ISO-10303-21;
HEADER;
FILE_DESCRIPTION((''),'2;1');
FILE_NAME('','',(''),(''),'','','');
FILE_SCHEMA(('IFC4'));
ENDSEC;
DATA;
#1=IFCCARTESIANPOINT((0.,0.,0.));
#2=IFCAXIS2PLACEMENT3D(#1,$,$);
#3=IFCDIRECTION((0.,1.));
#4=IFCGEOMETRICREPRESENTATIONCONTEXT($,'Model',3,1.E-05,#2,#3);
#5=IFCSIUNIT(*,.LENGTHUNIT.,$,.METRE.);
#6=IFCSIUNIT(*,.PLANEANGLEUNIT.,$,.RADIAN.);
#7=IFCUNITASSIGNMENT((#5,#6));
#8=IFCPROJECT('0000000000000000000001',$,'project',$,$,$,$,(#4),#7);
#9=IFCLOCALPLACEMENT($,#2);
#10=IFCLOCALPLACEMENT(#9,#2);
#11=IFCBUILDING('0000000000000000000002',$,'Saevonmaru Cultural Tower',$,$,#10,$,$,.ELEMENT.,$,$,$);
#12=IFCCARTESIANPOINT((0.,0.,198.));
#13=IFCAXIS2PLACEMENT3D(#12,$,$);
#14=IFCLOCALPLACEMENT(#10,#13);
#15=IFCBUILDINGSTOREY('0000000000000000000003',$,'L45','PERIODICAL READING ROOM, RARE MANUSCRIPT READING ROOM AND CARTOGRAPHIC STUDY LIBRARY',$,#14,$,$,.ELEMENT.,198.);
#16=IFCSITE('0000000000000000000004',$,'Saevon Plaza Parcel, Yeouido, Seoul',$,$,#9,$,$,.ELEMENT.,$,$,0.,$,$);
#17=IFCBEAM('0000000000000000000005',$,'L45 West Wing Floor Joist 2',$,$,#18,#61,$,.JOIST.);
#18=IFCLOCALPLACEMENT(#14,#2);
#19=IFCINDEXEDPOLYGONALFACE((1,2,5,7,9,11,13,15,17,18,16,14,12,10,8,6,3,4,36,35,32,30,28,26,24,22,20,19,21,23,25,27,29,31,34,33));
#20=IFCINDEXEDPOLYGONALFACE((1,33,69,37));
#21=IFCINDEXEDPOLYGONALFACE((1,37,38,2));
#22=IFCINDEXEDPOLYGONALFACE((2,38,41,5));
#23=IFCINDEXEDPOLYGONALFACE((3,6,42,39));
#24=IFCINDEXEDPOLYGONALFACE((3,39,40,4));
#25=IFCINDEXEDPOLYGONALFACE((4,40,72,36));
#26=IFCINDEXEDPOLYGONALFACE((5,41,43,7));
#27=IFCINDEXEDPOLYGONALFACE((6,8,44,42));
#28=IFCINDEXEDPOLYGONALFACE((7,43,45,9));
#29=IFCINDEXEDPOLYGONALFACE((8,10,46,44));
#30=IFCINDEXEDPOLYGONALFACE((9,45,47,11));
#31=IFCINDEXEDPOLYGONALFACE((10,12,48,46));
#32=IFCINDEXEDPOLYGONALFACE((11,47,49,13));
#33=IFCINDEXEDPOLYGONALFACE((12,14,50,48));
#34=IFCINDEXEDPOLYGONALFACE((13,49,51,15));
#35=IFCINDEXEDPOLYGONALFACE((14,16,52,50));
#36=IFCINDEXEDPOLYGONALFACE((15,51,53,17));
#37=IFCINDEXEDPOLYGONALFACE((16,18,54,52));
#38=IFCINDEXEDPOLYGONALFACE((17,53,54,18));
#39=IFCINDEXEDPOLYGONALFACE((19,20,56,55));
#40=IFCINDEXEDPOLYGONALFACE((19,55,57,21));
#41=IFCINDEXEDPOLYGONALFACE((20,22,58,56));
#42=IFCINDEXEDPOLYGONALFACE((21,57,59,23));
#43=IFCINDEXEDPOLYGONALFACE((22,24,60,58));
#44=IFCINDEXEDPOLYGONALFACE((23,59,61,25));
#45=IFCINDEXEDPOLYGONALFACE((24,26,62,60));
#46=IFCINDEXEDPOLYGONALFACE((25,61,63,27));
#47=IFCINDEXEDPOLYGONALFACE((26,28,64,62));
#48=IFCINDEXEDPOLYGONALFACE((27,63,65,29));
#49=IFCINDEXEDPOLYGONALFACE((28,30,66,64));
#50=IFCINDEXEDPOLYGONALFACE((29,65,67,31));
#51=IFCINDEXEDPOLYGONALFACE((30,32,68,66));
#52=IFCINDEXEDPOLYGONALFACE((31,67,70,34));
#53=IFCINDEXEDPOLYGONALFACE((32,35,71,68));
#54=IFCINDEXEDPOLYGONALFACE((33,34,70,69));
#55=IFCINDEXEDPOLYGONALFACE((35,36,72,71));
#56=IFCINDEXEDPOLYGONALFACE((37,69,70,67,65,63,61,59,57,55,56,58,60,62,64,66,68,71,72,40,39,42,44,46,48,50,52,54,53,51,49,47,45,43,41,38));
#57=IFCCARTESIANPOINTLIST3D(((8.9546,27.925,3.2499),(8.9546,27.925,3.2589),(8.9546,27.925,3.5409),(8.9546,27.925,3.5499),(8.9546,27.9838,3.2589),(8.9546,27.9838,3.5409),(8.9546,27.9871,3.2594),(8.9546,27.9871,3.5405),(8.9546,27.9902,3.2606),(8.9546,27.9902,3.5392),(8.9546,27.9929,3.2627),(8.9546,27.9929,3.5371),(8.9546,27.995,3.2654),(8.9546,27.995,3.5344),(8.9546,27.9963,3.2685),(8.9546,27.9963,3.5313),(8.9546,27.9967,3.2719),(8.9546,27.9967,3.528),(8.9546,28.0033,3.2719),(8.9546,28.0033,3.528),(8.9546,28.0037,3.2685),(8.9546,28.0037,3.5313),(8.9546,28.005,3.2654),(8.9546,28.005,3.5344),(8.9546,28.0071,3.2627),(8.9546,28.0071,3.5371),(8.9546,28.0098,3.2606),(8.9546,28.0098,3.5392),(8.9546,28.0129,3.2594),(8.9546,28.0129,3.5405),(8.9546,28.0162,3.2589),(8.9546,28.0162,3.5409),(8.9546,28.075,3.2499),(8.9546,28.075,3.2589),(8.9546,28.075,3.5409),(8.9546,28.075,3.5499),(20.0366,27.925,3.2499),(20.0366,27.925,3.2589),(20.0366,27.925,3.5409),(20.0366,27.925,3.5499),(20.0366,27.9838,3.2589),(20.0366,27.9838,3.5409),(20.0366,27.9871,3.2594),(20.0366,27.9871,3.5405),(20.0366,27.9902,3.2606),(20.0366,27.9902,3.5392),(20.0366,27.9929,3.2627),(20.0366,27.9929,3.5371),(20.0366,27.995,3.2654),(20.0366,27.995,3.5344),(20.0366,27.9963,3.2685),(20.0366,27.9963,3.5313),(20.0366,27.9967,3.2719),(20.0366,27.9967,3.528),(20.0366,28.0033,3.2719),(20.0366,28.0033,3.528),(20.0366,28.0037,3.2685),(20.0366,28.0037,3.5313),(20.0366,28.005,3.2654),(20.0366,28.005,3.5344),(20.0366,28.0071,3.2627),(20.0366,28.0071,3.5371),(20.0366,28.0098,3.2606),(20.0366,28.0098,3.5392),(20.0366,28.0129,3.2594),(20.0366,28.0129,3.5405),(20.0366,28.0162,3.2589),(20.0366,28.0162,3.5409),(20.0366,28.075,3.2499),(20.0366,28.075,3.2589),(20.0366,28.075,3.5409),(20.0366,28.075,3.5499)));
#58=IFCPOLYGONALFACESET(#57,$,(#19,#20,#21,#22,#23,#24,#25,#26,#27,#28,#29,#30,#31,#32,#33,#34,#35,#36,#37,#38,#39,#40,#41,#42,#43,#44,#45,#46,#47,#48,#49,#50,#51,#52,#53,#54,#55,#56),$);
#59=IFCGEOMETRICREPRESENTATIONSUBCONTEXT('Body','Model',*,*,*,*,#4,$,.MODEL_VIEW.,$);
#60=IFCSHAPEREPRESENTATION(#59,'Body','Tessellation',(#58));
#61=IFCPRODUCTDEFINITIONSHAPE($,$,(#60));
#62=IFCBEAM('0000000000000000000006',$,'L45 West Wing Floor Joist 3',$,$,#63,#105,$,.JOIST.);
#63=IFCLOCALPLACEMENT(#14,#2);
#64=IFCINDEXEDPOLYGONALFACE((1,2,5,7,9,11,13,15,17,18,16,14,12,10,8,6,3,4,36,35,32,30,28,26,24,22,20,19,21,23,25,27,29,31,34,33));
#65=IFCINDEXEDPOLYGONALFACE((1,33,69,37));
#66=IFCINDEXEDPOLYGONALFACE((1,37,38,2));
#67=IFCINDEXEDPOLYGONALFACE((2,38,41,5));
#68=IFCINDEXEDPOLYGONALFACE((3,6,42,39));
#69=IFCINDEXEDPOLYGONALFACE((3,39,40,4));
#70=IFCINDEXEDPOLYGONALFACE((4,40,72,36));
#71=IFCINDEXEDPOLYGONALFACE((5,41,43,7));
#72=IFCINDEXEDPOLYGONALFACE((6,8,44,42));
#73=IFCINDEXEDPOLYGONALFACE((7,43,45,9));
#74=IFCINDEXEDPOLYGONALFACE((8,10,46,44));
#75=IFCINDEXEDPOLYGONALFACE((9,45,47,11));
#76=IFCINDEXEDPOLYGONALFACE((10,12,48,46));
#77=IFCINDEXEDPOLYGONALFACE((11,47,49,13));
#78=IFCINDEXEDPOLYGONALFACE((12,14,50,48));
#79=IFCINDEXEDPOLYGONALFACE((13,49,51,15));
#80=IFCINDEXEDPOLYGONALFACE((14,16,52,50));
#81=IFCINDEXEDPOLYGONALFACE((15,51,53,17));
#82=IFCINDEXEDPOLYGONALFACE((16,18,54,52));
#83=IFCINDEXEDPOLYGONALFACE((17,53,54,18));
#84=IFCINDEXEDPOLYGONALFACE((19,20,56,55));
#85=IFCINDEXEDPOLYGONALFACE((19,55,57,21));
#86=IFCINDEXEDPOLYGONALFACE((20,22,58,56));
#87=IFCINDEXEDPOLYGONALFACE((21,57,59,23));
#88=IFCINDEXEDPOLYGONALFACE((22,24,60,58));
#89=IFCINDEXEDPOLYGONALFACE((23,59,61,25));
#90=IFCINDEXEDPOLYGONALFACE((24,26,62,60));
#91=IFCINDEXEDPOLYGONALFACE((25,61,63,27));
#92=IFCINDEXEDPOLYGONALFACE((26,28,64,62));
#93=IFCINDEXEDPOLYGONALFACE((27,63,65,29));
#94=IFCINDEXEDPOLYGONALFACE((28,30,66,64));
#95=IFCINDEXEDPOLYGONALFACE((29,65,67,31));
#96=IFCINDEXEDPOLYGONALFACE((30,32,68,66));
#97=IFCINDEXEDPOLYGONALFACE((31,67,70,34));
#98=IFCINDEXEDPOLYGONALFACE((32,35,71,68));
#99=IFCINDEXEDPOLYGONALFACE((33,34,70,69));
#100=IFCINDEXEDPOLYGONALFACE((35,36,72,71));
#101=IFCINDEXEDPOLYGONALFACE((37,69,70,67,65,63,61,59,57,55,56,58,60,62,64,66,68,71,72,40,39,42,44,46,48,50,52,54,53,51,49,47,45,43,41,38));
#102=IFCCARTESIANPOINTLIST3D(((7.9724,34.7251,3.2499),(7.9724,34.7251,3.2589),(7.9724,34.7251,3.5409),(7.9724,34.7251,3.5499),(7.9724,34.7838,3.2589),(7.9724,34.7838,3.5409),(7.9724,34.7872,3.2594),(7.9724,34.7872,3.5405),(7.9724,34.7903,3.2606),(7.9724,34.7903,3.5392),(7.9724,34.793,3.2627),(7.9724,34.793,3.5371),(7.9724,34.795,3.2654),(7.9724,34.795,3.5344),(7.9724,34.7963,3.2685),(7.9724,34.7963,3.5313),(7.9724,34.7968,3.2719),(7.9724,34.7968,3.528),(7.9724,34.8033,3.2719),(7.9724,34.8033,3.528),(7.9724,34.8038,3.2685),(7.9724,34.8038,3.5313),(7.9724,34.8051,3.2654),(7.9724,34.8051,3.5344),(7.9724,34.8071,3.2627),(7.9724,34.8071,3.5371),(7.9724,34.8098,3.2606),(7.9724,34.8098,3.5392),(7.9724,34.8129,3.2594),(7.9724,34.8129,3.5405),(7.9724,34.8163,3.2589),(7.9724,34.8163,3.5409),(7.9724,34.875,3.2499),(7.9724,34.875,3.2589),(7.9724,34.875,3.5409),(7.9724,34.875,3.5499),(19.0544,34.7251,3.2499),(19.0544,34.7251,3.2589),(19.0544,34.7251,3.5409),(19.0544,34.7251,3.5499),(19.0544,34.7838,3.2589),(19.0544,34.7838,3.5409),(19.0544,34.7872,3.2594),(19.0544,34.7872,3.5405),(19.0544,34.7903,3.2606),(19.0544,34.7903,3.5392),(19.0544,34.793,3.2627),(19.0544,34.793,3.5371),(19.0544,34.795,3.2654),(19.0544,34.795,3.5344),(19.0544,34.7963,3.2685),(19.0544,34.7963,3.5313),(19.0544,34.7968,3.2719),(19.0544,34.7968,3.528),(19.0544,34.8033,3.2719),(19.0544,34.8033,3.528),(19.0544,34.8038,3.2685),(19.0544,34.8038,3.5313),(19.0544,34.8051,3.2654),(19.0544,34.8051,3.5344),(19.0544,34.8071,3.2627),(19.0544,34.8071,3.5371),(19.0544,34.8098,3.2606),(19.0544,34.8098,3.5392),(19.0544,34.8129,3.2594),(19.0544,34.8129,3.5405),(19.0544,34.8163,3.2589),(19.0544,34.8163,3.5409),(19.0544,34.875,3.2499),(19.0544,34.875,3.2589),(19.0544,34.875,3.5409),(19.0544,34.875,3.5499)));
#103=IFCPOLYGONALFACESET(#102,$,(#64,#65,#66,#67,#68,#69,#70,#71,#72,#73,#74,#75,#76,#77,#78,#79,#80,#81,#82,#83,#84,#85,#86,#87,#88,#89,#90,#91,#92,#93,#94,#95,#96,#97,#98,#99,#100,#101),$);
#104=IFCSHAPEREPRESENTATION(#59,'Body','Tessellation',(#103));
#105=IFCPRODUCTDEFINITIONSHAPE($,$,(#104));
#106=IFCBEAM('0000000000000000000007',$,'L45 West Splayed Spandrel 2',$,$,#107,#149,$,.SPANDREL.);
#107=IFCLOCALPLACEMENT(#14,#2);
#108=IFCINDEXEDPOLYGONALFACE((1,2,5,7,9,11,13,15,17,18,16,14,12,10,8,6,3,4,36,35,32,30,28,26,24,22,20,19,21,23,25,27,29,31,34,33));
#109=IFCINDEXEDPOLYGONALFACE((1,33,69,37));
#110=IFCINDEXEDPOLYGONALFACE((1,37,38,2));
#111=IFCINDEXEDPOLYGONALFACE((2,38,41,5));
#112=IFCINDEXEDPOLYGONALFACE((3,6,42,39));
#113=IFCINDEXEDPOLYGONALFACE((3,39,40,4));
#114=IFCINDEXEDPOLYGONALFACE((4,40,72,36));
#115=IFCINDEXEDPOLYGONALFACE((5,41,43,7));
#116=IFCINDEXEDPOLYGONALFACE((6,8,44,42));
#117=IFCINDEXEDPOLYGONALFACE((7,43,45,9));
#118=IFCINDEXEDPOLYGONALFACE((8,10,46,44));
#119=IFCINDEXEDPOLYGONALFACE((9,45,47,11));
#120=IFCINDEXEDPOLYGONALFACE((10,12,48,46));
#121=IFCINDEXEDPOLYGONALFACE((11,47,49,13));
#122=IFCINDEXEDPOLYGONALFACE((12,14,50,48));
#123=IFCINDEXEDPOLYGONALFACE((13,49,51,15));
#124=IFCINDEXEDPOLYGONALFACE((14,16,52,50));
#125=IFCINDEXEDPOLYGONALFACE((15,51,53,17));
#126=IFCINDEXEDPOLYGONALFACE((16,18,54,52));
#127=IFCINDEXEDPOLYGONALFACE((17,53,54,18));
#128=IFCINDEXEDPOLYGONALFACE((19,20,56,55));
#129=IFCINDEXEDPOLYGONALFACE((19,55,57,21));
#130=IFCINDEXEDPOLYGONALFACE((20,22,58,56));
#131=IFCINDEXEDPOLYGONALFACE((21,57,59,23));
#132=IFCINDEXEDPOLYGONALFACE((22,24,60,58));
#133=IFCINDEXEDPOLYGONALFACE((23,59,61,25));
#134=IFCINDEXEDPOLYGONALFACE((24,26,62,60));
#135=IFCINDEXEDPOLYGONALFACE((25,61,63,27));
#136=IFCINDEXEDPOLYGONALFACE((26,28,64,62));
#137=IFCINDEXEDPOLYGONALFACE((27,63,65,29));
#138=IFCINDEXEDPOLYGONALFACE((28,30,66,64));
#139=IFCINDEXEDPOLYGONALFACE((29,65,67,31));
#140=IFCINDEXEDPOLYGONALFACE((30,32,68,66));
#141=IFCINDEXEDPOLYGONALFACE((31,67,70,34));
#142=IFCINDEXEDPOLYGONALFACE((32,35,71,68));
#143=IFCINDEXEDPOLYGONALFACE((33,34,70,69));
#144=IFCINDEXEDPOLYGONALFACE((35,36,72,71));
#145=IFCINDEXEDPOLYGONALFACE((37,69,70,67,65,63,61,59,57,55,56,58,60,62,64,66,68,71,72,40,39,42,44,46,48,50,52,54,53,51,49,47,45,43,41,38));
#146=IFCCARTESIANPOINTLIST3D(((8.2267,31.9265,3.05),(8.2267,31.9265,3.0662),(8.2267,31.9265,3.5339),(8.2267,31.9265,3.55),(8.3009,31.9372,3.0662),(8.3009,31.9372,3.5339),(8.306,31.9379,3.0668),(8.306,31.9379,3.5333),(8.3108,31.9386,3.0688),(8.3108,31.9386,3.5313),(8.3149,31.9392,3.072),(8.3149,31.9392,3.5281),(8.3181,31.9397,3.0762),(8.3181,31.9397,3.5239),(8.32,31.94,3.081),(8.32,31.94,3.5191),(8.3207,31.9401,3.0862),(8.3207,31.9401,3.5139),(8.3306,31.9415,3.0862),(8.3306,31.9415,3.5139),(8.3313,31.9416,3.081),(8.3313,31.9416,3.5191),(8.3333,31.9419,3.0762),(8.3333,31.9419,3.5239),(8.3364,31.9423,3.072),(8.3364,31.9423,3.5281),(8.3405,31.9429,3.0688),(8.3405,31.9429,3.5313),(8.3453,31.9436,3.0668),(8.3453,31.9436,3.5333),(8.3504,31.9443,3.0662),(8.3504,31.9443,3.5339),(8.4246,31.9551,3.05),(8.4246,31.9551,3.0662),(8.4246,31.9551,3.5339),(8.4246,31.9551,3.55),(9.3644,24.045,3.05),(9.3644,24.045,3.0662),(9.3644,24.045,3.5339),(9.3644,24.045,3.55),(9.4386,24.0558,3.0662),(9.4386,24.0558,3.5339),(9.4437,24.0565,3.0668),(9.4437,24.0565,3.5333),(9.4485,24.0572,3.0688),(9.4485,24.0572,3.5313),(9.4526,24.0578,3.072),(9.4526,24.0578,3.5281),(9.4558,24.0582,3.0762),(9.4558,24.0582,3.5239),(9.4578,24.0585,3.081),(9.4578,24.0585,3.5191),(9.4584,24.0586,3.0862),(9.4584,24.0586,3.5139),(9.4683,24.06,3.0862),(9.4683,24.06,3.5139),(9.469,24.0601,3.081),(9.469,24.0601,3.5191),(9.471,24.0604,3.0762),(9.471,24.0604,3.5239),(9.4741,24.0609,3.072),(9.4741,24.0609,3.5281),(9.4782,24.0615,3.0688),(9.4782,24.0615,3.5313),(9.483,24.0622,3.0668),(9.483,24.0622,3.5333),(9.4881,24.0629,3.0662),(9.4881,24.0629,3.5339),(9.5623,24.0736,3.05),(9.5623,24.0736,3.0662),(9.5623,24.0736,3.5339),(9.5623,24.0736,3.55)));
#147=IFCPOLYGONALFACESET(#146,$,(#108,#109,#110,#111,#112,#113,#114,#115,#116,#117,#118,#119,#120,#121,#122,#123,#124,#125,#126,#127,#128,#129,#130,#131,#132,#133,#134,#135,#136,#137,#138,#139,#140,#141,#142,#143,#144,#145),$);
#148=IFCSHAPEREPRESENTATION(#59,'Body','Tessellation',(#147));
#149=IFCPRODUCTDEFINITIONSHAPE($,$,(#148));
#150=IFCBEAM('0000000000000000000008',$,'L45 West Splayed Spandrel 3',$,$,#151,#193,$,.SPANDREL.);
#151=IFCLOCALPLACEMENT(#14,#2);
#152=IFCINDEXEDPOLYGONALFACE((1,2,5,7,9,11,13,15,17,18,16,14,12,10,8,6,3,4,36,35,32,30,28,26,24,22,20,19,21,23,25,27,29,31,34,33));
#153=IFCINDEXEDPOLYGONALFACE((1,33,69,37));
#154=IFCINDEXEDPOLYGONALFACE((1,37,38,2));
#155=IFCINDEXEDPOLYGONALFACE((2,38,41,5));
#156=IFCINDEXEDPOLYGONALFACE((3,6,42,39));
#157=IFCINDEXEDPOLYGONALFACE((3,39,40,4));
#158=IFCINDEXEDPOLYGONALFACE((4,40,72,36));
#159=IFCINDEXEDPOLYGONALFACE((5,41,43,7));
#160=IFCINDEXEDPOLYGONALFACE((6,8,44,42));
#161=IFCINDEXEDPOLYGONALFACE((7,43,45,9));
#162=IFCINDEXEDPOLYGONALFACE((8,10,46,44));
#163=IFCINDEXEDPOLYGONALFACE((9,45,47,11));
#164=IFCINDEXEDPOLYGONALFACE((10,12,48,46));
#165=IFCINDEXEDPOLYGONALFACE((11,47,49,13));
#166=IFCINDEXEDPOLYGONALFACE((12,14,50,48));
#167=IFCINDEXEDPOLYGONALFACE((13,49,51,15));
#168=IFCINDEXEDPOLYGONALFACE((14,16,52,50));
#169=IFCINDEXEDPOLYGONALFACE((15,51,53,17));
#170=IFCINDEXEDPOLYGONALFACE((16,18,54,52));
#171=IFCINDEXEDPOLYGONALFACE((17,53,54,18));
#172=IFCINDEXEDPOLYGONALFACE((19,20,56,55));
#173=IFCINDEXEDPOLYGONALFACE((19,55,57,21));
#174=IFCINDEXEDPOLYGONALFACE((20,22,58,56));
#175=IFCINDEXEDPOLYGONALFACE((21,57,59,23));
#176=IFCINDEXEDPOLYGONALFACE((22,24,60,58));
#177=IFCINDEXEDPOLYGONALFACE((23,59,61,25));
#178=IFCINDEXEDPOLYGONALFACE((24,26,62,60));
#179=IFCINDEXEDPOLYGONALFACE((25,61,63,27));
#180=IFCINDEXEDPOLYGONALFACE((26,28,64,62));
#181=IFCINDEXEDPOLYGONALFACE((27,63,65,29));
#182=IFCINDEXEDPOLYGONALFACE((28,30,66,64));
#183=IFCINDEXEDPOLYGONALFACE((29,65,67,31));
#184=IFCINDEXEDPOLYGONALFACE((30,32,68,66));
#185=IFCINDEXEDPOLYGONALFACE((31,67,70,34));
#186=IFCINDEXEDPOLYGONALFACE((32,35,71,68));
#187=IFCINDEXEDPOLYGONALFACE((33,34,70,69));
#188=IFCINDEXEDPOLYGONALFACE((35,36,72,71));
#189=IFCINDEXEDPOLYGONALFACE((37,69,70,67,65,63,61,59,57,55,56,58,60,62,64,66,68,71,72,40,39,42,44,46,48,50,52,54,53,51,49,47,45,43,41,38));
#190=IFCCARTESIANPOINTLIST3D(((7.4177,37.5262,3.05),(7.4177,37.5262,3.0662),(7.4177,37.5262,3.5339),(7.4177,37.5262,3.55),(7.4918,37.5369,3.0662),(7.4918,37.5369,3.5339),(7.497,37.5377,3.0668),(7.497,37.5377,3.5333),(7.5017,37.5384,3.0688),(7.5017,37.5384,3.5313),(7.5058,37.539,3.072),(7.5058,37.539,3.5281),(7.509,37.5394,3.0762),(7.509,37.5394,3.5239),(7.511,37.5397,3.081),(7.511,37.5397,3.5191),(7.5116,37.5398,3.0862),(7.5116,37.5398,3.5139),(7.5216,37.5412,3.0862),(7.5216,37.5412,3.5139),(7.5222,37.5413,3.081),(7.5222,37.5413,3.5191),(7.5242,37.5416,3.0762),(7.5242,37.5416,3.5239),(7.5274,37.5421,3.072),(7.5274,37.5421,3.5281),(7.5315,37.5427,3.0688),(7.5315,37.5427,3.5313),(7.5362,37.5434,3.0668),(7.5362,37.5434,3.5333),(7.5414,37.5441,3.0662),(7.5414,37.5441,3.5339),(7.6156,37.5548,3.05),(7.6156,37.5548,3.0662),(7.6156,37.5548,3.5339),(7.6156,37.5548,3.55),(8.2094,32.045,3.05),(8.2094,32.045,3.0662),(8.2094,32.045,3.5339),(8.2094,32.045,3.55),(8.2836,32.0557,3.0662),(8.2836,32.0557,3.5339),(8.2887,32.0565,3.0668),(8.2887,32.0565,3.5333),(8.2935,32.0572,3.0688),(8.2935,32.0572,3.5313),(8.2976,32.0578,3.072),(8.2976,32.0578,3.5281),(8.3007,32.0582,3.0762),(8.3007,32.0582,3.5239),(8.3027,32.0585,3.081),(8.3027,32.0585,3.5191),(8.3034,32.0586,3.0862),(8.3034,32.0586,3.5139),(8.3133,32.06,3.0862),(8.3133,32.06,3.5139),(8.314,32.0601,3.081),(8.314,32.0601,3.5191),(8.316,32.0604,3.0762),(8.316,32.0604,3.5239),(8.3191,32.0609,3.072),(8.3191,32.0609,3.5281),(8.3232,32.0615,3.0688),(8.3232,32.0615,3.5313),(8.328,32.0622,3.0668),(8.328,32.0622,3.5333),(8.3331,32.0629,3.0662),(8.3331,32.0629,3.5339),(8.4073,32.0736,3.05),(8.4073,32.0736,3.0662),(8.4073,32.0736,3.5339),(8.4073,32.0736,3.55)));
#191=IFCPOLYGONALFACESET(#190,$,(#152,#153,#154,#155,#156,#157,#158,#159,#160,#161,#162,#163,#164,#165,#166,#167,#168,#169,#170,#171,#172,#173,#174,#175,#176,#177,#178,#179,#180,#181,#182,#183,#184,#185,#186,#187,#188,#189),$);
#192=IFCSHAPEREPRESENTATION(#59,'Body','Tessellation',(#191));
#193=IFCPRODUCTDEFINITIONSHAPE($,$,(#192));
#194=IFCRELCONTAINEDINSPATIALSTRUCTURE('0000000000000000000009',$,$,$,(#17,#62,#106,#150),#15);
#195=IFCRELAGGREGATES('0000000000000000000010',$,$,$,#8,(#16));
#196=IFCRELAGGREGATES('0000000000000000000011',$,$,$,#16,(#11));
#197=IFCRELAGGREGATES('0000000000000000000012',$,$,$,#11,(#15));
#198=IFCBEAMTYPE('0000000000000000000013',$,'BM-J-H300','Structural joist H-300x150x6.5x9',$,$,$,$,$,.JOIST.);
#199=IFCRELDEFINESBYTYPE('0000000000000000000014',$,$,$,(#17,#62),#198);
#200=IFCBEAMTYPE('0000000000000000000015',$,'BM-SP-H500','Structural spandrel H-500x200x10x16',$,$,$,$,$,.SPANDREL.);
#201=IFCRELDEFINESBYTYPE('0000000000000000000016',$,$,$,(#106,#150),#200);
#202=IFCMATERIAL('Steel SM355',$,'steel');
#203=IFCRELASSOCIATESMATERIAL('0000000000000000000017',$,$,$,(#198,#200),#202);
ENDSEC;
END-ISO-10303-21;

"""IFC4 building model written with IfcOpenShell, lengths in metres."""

from ifc_helpers import new_model, si_unit, direction, frame, origin, origin_2d, place, context, subcontext, project, spatial, i_section, extrude, material, material_profile, profile_set, type_object, element, save


model = new_model("IFC4")

# Units and contexts
model_context = context("Model", 3, precision=1e-05, world=origin(), true_north=direction((0.0, 1.0)))
body_context = subcontext(model_context, "Body", "Model", "MODEL_VIEW")
ifc_project = project(units=[si_unit("LENGTHUNIT", "METRE"), si_unit("PLANEANGLEUNIT", "RADIAN")], contexts=[model_context])

# Site, building, storey
site_placement = place(None, origin())
site = spatial("IfcSite", under=ifc_project, at=site_placement, Name="Saevon Plaza Parcel, Yeouido, Seoul", CompositionType="ELEMENT", RefElevation=0.0)
building_placement = place(site_placement, origin())
building = spatial("IfcBuilding", under=site, at=building_placement, Name="Saevonmaru Cultural Tower", CompositionType="ELEMENT")
storey_placement = place(building_placement, frame((0.0, 0.0, 198.0)))
storey = spatial("IfcBuildingStorey", under=building, at=storey_placement, Name="L45", Description="PERIODICAL READING ROOM, RARE MANUSCRIPT READING ROOM AND CARTOGRAPHIC STUDY LIBRARY", CompositionType="ELEMENT", Elevation=198.0)

# Beams
ifc_material_1 = material(Name="Steel SM355", Category="steel")
ifc_material_profile_1 = material_profile(ifc_material_1, i_section(OverallWidth=0.1499, OverallDepth=0.3, WebThickness=0.0066, FlangeThickness=0.009, FilletRadius=0.0129, at=origin_2d()), Name="H-300x150x6.5x9")
ifc_profile_set_1 = profile_set([ifc_material_profile_1], Name="Steel SM355")
beam_type_1 = type_object("IfcBeamType", Name="BM-J-H300", Description="Structural joist H-300x150x6.5x9", PredefinedType="JOIST", material=ifc_profile_set_1)
for number, where, z_axis, x_axis, name in (
    (1, (8.9546, 28.0, 3.3999), (1.0, 0.0, 0.0), (0.0, 1.0, 0.0), "L45 West Wing Floor Joist 2"),
    (2, (7.9724, 34.8, 3.3999), (1.0, 0.0, 0.0), (0.0, 1.0, 0.0), "L45 West Wing Floor Joist 3"),
):
    element("IfcBeam", number, at=place(storey_placement, frame(where, z_axis=z_axis, x_axis=x_axis)), inside=storey, type_object=beam_type_1, Name=name, PredefinedType="JOIST", context=body_context, shape_type="SweptSolid", body=[
        extrude(i_section(OverallWidth=0.1499, OverallDepth=0.3, WebThickness=0.0066, FlangeThickness=0.009, FilletRadius=0.0129, at=origin_2d()), origin(), (0.0, 0.0, 1.0), 11.082),
    ])
ifc_material_profile_2 = material_profile(ifc_material_1, i_section(OverallWidth=0.2, OverallDepth=0.5, WebThickness=0.01, FlangeThickness=0.0161, FilletRadius=0.02, at=origin_2d()), Name="H-500x200x10x16")
ifc_profile_set_2 = profile_set([ifc_material_profile_2], Name="Steel SM355")
beam_type_2 = type_object("IfcBeamType", Name="BM-SP-H500", Description="Structural spandrel H-500x200x10x16", PredefinedType="SPANDREL", material=ifc_profile_set_2)
beam_1_placement = place(storey_placement, frame((9.4634, 24.0593, 3.3), z_axis=(-0.142872, 0.989741, 0.0), x_axis=(-0.989741, -0.142872, 0.0)))
element("IfcBeam", 3, at=beam_1_placement, inside=storey, type_object=beam_type_2, Name="L45 West Splayed Spandrel 2", PredefinedType="SPANDREL", context=body_context, shape_type="SweptSolid", body=[
    extrude(i_section(OverallWidth=0.2, OverallDepth=0.5, WebThickness=0.01, FlangeThickness=0.0161, FilletRadius=0.02, at=origin_2d()), origin(), (0.0, 0.0, 1.0), 7.9631),
])
beam_2_placement = place(storey_placement, frame((8.3083, 32.0593, 3.3), z_axis=(-0.142964, 0.989728, 0.0), x_axis=(-0.989728, -0.142964, 0.0)))
element("IfcBeam", 4, at=beam_2_placement, inside=storey, type_object=beam_type_2, Name="L45 West Splayed Spandrel 3", PredefinedType="SPANDREL", context=body_context, shape_type="SweptSolid", body=[
    extrude(i_section(OverallWidth=0.2, OverallDepth=0.5, WebThickness=0.01, FlangeThickness=0.0161, FilletRadius=0.02, at=origin_2d()), origin(), (0.0, 0.0, 1.0), 5.5381),
])

save(model, "model.ifc")
